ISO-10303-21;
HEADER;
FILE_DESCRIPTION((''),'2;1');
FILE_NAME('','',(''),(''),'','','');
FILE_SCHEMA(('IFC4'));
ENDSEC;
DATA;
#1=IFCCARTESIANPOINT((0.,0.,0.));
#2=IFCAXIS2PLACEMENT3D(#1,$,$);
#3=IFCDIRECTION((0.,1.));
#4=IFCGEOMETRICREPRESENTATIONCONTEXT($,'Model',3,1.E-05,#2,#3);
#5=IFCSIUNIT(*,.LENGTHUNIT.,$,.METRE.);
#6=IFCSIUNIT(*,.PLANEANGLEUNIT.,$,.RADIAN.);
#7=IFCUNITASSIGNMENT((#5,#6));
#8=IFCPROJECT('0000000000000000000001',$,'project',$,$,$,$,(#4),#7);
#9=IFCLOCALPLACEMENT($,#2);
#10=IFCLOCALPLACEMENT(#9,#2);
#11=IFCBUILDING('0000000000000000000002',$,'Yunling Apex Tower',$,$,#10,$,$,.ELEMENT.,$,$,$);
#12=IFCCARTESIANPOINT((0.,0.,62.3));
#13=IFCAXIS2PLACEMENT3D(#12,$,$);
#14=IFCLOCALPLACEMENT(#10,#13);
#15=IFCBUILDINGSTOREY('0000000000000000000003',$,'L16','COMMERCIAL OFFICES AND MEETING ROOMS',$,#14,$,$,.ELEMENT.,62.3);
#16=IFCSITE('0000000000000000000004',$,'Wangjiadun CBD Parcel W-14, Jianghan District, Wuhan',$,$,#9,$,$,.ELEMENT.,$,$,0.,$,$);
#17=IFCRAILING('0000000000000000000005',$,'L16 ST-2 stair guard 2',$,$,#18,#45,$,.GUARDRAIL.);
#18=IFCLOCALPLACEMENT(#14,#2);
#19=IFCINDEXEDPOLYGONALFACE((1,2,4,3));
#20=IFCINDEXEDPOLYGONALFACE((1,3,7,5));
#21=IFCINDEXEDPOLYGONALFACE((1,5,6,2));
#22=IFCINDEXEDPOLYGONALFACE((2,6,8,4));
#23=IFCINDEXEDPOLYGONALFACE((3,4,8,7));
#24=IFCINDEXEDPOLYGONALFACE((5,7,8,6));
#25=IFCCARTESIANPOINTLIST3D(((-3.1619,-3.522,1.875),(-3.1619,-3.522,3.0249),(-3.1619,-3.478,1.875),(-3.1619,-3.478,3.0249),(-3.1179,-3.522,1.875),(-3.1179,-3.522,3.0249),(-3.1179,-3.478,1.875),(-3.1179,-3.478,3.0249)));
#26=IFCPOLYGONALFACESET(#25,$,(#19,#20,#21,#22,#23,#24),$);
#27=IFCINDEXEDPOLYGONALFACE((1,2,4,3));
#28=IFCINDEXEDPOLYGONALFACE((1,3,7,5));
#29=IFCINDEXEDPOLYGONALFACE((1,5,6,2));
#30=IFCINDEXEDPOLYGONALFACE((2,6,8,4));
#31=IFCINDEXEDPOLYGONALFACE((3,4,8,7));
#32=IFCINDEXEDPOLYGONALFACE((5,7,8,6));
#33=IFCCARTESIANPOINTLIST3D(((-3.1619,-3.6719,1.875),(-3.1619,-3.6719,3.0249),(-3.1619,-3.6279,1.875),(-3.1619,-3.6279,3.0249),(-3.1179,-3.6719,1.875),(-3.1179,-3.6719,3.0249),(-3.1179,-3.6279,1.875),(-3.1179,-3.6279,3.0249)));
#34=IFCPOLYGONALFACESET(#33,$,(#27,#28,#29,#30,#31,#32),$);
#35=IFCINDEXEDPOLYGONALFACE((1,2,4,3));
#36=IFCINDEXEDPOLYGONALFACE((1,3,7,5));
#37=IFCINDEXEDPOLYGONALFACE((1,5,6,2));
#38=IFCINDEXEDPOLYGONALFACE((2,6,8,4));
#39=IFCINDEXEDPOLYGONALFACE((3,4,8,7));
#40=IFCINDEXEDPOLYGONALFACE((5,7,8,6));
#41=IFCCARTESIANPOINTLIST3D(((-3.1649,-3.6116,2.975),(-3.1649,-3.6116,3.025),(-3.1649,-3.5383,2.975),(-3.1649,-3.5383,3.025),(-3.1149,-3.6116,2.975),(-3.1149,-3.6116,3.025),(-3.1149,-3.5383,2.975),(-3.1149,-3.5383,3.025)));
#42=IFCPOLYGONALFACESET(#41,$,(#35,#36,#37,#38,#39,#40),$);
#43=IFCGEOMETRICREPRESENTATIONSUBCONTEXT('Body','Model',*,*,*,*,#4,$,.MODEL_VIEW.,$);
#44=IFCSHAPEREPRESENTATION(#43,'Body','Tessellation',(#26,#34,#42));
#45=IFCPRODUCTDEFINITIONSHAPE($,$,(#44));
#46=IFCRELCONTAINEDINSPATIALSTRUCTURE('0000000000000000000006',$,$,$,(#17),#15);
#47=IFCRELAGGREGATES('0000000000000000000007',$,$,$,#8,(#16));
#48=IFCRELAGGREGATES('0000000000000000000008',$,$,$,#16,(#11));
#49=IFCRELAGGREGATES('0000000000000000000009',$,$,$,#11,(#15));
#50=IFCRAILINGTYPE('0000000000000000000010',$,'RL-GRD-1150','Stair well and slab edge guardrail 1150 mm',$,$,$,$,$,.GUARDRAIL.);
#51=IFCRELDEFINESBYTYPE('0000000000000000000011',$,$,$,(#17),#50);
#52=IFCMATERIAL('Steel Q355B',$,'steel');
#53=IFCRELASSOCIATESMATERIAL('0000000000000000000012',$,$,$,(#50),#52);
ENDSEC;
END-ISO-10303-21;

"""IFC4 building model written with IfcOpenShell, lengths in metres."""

from ifc_helpers import new_model, si_unit, direction, frame, origin, origin_2d, place, context, subcontext, project, spatial, rectangle, extrude, material, type_object, element, save


model = new_model("IFC4")

# Units and contexts
model_context = context("Model", 3, precision=1e-05, world=origin(), true_north=direction((0.0, 1.0)))
body_context = subcontext(model_context, "Body", "Model", "MODEL_VIEW")
ifc_project = project(units=[si_unit("LENGTHUNIT", "METRE"), si_unit("PLANEANGLEUNIT", "RADIAN")], contexts=[model_context])

# Site, building, storey
site_placement = place(None, origin())
site = spatial("IfcSite", under=ifc_project, at=site_placement, Name="Wangjiadun CBD Parcel W-14, Jianghan District, Wuhan", CompositionType="ELEMENT", RefElevation=0.0)
building_placement = place(site_placement, origin())
building = spatial("IfcBuilding", under=site, at=building_placement, Name="Yunling Apex Tower", CompositionType="ELEMENT")
storey_placement = place(building_placement, frame((0.0, 0.0, 62.3)))
storey = spatial("IfcBuildingStorey", under=building, at=storey_placement, Name="L16", Description="COMMERCIAL OFFICES AND MEETING ROOMS", CompositionType="ELEMENT", Elevation=62.3)

# Shared definitions
ifc_material_1 = material(Name="Steel Q355B", Category="steel")

# Railing
railing_type = type_object("IfcRailingType", Name="RL-GRD-1150", Description="Stair well and slab edge guardrail 1150 mm", PredefinedType="GUARDRAIL", material=ifc_material_1)
railing_placement = place(storey_placement, frame((-3.1399, -3.5, 1.875)))
element("IfcRailing", 1, at=railing_placement, inside=storey, type_object=railing_type, Name="L16 ST-2 stair guard 2", PredefinedType="GUARDRAIL", context=body_context, shape_type="SweptSolid", body=[
    extrude(rectangle(XDim=0.0439, YDim=0.0439, at=origin_2d()), origin(), (0.0, 0.0, 1.0), 1.1499),
    extrude(rectangle(XDim=0.0439, YDim=0.0439, at=origin_2d()), frame((0.0, -0.1499, 0.0)), (0.0, 0.0, 1.0), 1.1499),
    extrude(rectangle(XDim=0.05, YDim=0.05, at=origin_2d()), frame((0.0, -0.0383, 1.125), z_axis=(0.0, -1.0, 0.0), x_axis=(1.0, 0.0, 0.0)), (0.0, 0.0, 1.0), 0.0732),
])

save(model, "model.ifc")
